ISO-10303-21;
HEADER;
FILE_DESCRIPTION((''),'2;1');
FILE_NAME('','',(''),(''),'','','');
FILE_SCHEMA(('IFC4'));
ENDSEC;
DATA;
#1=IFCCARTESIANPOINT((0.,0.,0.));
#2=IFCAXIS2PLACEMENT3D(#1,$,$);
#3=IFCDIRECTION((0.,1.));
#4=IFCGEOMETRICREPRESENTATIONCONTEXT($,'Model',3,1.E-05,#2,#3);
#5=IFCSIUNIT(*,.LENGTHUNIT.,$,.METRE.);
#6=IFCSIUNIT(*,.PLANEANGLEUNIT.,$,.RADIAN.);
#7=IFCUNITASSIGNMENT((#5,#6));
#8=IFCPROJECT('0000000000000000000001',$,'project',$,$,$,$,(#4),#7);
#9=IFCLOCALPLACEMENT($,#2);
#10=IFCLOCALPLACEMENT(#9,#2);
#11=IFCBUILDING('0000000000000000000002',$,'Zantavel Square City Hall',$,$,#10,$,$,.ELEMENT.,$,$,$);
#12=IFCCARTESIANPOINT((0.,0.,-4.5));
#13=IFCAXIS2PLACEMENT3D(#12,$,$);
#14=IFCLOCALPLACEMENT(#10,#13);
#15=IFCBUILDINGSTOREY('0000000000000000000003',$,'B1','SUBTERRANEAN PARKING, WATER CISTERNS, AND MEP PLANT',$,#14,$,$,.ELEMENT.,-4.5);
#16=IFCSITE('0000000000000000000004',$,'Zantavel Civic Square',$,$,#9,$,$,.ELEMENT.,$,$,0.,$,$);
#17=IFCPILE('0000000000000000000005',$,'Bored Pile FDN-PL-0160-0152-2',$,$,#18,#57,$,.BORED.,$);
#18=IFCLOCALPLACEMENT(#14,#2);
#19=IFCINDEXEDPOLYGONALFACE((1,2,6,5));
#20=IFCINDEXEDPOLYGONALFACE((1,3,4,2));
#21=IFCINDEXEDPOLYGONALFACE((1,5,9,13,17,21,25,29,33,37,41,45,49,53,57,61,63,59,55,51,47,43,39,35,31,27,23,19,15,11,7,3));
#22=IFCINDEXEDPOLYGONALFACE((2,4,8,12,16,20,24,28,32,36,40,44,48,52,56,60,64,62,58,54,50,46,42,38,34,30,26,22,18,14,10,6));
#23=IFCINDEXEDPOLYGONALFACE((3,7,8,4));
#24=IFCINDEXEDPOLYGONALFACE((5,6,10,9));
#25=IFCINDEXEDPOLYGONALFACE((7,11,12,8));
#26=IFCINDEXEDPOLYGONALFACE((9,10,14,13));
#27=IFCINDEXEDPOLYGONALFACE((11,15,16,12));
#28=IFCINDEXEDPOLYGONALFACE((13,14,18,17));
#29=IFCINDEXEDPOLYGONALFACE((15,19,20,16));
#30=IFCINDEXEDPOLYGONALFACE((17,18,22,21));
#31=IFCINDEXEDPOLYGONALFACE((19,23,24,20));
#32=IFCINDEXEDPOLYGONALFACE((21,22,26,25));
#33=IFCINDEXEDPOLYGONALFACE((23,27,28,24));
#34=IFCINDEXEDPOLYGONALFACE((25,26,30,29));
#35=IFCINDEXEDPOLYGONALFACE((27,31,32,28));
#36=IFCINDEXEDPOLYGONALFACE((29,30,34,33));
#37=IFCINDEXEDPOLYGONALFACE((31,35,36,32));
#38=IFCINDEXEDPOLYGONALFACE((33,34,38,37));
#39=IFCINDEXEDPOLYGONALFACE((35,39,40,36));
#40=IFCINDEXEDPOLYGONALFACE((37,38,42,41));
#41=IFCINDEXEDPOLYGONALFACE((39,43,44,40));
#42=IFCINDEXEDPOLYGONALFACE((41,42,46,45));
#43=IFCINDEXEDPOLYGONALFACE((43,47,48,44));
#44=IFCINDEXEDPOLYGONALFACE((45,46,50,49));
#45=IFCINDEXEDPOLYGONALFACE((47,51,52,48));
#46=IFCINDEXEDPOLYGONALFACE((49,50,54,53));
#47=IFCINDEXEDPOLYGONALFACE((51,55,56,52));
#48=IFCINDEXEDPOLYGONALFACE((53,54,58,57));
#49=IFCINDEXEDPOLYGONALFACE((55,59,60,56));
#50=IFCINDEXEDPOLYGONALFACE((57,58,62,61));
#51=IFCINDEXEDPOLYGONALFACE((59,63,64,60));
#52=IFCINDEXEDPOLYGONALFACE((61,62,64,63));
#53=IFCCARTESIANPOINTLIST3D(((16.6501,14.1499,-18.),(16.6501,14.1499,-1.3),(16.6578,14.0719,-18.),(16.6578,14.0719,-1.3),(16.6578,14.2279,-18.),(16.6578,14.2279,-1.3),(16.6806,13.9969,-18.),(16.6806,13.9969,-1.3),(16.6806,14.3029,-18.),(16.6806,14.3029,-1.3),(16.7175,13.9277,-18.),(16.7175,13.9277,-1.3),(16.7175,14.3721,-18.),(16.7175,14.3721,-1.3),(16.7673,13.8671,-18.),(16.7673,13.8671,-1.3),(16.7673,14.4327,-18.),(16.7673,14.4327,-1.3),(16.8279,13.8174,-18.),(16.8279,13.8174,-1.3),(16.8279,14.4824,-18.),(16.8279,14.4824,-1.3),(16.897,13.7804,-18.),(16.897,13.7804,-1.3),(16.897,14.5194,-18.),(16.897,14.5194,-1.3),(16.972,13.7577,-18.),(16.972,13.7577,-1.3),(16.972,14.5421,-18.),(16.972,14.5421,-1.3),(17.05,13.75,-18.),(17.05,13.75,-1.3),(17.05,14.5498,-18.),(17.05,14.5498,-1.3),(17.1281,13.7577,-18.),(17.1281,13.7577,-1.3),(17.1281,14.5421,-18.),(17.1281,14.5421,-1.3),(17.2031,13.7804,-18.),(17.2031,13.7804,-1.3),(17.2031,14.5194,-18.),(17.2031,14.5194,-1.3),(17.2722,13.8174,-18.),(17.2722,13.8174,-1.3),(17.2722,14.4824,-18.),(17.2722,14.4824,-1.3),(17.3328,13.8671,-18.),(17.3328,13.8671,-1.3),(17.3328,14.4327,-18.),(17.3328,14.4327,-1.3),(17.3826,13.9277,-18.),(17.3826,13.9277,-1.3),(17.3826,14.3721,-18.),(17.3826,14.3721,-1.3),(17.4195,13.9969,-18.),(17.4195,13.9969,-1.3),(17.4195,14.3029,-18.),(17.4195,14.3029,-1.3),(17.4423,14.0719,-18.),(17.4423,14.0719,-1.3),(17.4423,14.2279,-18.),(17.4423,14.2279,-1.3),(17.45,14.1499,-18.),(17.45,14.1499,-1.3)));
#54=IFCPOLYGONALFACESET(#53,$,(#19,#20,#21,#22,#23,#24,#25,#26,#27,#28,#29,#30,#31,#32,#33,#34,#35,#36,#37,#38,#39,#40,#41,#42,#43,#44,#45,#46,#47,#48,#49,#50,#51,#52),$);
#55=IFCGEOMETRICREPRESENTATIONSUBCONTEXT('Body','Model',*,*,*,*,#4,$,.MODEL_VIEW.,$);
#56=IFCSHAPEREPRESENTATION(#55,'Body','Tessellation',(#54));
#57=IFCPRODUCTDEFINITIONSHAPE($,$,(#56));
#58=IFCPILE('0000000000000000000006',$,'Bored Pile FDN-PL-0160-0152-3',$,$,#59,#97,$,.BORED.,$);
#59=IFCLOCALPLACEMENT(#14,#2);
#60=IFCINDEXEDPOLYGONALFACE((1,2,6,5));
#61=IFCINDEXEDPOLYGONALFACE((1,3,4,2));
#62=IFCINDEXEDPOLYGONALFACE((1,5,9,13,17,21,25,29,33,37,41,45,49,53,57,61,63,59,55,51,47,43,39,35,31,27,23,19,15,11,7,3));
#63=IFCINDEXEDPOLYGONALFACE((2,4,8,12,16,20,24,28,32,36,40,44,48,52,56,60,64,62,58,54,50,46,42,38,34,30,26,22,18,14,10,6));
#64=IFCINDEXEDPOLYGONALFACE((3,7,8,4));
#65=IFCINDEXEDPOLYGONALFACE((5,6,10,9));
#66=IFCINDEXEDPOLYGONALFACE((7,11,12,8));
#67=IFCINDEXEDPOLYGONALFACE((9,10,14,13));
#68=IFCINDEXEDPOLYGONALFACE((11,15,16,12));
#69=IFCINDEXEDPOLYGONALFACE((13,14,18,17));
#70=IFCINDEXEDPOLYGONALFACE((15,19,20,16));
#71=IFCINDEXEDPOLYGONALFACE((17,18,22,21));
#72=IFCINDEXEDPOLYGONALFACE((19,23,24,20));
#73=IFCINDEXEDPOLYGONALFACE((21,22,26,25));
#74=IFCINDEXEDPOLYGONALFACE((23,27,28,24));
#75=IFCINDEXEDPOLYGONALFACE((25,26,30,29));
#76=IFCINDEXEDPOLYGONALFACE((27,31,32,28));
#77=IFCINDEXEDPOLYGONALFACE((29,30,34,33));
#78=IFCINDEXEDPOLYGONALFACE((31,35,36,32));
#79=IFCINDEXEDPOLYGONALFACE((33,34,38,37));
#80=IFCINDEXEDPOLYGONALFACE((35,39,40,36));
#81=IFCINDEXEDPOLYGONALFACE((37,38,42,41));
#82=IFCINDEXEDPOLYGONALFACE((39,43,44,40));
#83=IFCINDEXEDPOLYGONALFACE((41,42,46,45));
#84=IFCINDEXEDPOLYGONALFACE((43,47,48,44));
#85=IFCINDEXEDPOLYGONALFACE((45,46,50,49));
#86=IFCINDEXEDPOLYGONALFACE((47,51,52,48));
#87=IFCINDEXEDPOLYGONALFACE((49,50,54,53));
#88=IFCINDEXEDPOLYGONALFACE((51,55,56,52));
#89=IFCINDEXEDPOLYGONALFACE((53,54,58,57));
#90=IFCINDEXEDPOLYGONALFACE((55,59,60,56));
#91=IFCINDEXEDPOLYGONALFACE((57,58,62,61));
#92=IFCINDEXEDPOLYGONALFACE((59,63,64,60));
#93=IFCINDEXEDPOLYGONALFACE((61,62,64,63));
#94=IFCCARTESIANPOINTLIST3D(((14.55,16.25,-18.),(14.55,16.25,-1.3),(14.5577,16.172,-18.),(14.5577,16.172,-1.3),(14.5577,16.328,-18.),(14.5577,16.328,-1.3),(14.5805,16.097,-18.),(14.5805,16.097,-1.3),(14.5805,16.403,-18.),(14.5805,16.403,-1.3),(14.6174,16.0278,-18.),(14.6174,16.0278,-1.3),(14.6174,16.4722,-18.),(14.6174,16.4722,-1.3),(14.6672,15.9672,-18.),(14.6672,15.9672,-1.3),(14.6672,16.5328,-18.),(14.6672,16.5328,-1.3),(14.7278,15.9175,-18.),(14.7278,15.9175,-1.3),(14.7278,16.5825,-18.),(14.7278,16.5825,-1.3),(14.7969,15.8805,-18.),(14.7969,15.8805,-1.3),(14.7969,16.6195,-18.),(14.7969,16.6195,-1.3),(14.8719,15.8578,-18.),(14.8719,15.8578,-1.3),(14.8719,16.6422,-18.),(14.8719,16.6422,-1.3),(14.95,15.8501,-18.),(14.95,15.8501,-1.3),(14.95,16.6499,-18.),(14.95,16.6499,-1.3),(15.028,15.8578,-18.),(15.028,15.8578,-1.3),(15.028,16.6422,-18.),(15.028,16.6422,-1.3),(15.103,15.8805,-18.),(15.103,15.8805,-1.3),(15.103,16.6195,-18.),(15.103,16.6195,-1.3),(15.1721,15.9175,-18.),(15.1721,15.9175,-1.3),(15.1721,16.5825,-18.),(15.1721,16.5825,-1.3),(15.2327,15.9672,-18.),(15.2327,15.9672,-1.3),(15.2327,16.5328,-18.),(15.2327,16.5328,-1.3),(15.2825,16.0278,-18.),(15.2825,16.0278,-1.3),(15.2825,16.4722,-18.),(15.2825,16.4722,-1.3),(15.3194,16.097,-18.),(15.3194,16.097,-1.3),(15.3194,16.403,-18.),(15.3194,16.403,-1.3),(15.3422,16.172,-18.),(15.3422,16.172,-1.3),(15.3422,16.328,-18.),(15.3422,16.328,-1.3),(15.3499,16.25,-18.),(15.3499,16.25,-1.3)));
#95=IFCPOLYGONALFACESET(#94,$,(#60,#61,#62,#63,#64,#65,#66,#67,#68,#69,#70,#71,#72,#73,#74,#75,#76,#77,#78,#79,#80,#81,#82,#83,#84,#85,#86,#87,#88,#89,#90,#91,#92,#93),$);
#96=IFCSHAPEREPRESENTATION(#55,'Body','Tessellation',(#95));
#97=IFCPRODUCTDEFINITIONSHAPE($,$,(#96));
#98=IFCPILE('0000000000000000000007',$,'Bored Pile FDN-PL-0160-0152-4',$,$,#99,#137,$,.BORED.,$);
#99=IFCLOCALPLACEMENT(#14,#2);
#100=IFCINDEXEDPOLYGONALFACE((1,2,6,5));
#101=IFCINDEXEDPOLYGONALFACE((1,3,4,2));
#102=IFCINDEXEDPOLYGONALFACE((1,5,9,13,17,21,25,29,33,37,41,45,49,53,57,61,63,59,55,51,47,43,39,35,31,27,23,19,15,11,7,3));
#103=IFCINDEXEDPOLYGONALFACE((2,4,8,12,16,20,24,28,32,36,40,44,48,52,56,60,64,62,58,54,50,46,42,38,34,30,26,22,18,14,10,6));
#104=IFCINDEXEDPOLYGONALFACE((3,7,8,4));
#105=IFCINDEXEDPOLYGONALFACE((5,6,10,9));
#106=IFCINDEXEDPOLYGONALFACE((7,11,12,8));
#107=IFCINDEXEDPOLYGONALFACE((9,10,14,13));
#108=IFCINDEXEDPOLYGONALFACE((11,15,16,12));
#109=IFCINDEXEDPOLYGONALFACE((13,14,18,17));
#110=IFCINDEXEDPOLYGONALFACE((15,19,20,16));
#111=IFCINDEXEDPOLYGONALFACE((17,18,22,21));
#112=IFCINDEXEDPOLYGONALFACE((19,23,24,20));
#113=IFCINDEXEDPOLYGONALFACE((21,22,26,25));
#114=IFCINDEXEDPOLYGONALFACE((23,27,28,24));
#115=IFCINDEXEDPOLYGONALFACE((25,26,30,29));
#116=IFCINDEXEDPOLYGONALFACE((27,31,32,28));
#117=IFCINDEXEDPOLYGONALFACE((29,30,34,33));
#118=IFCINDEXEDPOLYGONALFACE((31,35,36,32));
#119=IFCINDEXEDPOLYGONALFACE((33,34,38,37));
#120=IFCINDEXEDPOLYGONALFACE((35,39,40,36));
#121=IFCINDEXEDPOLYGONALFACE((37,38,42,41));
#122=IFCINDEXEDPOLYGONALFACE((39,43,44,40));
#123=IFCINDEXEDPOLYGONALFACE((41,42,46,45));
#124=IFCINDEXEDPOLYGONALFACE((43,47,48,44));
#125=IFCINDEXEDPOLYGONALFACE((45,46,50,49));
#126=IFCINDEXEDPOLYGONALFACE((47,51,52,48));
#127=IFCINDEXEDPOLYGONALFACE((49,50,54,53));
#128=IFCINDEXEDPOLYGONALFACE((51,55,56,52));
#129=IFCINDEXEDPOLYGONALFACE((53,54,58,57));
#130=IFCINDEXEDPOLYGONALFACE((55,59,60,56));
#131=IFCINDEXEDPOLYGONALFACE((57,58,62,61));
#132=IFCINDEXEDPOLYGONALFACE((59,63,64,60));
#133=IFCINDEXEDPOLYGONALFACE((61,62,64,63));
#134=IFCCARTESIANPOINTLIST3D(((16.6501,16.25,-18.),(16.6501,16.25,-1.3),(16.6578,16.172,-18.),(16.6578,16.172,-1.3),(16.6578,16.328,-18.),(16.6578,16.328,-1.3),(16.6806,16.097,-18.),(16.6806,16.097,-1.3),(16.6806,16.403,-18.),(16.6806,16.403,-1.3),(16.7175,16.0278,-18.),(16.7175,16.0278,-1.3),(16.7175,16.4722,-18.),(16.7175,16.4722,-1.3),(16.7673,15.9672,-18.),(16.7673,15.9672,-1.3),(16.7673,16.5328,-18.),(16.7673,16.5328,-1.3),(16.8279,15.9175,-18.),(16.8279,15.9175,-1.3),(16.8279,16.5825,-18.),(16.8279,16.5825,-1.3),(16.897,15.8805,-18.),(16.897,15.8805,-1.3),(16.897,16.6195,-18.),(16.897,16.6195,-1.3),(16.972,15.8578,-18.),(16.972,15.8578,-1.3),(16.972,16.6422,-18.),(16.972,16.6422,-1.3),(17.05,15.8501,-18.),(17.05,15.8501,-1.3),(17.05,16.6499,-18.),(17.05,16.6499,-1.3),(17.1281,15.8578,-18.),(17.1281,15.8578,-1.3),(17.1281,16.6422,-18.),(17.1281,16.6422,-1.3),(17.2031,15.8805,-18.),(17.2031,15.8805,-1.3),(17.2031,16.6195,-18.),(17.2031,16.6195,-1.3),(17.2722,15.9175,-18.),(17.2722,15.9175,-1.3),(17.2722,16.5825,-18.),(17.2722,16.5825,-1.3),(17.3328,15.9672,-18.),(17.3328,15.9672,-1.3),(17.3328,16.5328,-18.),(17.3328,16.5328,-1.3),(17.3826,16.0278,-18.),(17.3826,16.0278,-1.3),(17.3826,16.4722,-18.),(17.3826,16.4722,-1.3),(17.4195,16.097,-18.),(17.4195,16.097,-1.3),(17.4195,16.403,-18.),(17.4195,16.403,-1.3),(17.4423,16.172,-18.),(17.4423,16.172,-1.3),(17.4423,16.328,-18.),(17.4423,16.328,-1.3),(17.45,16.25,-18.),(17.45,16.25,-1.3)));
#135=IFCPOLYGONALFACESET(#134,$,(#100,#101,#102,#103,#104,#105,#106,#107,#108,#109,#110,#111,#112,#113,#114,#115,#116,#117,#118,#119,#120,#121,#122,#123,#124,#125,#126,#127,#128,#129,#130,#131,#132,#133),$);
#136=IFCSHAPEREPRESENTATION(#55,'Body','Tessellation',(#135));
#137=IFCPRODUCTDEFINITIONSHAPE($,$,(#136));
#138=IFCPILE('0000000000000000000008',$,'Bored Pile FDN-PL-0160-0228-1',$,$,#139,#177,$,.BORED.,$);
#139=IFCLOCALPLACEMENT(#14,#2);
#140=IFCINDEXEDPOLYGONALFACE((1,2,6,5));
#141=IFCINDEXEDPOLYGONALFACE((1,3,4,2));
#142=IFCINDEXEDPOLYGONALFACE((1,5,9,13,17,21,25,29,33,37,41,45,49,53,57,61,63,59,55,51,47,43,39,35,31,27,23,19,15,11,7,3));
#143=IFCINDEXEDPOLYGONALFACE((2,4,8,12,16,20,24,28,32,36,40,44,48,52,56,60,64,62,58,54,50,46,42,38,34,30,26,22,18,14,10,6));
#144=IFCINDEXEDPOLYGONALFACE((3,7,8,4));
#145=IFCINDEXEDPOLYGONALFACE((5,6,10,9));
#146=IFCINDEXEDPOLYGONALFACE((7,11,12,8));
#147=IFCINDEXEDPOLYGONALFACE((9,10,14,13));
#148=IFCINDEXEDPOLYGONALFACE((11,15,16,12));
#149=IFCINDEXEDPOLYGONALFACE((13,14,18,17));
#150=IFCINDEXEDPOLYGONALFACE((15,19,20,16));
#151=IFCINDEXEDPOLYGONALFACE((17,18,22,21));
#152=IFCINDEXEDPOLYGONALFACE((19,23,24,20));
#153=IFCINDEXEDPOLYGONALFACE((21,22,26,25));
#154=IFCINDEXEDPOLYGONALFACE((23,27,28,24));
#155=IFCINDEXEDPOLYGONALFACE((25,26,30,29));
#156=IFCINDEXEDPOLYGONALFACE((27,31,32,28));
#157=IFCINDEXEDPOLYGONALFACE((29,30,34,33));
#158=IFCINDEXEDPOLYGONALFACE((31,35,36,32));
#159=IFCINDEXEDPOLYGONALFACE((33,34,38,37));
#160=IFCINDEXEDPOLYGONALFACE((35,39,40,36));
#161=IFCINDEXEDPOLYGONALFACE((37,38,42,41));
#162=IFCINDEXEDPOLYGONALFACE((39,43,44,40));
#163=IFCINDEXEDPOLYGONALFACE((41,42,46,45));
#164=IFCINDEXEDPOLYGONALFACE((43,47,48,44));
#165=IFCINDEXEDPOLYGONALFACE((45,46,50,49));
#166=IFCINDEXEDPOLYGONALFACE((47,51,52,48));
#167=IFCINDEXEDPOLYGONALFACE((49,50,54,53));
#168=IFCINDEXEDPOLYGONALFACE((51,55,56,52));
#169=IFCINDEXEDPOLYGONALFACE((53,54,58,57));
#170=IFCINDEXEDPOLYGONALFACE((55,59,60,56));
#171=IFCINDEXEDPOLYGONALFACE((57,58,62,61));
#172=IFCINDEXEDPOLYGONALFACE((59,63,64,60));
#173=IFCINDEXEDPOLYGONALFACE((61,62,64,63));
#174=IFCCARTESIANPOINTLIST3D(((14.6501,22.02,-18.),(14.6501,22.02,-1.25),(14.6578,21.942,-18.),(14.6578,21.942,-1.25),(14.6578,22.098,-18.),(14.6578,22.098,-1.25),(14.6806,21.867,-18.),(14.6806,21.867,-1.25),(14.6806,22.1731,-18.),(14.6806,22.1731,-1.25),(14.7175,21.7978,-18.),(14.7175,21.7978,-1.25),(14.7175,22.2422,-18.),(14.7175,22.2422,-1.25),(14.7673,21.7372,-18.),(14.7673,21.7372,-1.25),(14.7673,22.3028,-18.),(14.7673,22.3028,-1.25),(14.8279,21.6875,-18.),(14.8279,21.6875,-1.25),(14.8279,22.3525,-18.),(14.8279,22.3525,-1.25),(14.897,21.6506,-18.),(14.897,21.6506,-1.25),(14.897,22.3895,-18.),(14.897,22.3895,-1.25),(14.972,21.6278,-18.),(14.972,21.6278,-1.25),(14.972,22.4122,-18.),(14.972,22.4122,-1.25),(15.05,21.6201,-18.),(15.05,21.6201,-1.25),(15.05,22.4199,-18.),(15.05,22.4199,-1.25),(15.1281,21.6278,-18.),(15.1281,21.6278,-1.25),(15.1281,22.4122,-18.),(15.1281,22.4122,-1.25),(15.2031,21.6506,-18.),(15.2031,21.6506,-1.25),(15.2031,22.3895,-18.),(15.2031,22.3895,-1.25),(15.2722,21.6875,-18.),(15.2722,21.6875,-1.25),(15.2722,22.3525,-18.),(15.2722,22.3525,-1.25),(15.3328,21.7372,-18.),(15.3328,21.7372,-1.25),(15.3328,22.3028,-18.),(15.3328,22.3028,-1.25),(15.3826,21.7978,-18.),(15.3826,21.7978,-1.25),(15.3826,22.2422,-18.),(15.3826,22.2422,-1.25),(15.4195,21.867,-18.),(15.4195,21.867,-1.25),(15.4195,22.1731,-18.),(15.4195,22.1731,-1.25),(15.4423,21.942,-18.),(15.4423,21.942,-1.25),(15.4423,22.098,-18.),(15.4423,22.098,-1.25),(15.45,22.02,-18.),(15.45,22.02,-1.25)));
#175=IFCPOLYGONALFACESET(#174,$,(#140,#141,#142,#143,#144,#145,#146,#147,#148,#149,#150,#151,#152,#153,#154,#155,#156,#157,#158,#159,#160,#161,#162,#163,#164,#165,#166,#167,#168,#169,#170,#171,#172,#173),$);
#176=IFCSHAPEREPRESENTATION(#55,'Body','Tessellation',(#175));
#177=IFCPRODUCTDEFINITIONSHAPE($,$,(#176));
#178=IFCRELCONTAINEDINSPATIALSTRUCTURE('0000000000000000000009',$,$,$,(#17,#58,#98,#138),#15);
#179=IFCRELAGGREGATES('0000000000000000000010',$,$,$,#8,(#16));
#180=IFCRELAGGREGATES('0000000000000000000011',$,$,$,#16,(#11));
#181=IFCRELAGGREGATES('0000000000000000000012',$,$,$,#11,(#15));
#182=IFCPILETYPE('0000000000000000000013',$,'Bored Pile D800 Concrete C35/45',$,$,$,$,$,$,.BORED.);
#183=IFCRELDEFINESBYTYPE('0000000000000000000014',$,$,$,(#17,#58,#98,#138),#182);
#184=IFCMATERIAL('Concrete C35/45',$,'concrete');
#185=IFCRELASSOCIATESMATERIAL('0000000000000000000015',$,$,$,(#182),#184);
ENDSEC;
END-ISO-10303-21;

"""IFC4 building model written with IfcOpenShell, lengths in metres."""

from ifc_helpers import new_model, si_unit, direction, frame, origin, origin_2d, place, context, subcontext, project, spatial, circle, extrude, material, material_profile, profile_set, type_object, element, save


model = new_model("IFC4")

# Units and contexts
model_context = context("Model", 3, precision=1e-05, world=origin(), true_north=direction((0.0, 1.0)))
body_context = subcontext(model_context, "Body", "Model", "MODEL_VIEW")
ifc_project = project(units=[si_unit("LENGTHUNIT", "METRE"), si_unit("PLANEANGLEUNIT", "RADIAN")], contexts=[model_context])

# Site, building, storey
site_placement = place(None, origin())
site = spatial("IfcSite", under=ifc_project, at=site_placement, Name="Zantavel Civic Square", CompositionType="ELEMENT", RefElevation=0.0)
building_placement = place(site_placement, origin())
building = spatial("IfcBuilding", under=site, at=building_placement, Name="Zantavel Square City Hall", CompositionType="ELEMENT")
storey_placement = place(building_placement, frame((0.0, 0.0, -4.5)))
storey = spatial("IfcBuildingStorey", under=building, at=storey_placement, Name="B1", Description="SUBTERRANEAN PARKING, WATER CISTERNS, AND MEP PLANT", CompositionType="ELEMENT", Elevation=-4.5)

# Piles
ifc_material_1 = material(Name="Concrete C35/45", Category="concrete")
ifc_material_profile_1 = material_profile(ifc_material_1, circle(Radius=0.3999, at=origin_2d()), Name="PILE D800")
ifc_profile_set_1 = profile_set([ifc_material_profile_1], Name="Concrete C35/45")
pile_type = type_object("IfcPileType", Name="Bored Pile D800 Concrete C35/45", PredefinedType="BORED", material=ifc_profile_set_1)
for number, where, z_axis, x_axis, name in (
    (1, (17.05, 14.1499, -1.3), (0.0, 0.0, -1.0), (1.0, 0.0, 0.0), "Bored Pile FDN-PL-0160-0152-2"),
    (2, (14.95, 16.25, -1.3), (0.0, 0.0, -1.0), (1.0, 0.0, 0.0), "Bored Pile FDN-PL-0160-0152-3"),
    (3, (17.05, 16.25, -1.3), (0.0, 0.0, -1.0), (1.0, 0.0, 0.0), "Bored Pile FDN-PL-0160-0152-4"),
):
    element("IfcPile", number, at=place(storey_placement, frame(where, z_axis=z_axis, x_axis=x_axis)), inside=storey, type_object=pile_type, Name=name, PredefinedType="BORED", context=body_context, shape_type="SweptSolid", body=[
        extrude(circle(Radius=0.3999, at=origin_2d()), origin(), (0.0, 0.0, 1.0), 16.7),
    ])
for number, where, z_axis, x_axis, name in (
    (4, (15.05, 22.02, -1.25), (0.0, 0.0, -1.0), (1.0, 0.0, 0.0), "Bored Pile FDN-PL-0160-0228-1"),
):
    element("IfcPile", number, at=place(storey_placement, frame(where, z_axis=z_axis, x_axis=x_axis)), inside=storey, type_object=pile_type, Name=name, PredefinedType="BORED", context=body_context, shape_type="SweptSolid", body=[
        extrude(circle(Radius=0.3999, at=origin_2d()), origin(), (0.0, 0.0, 1.0), 16.75),
    ])

save(model, "model.ifc")
